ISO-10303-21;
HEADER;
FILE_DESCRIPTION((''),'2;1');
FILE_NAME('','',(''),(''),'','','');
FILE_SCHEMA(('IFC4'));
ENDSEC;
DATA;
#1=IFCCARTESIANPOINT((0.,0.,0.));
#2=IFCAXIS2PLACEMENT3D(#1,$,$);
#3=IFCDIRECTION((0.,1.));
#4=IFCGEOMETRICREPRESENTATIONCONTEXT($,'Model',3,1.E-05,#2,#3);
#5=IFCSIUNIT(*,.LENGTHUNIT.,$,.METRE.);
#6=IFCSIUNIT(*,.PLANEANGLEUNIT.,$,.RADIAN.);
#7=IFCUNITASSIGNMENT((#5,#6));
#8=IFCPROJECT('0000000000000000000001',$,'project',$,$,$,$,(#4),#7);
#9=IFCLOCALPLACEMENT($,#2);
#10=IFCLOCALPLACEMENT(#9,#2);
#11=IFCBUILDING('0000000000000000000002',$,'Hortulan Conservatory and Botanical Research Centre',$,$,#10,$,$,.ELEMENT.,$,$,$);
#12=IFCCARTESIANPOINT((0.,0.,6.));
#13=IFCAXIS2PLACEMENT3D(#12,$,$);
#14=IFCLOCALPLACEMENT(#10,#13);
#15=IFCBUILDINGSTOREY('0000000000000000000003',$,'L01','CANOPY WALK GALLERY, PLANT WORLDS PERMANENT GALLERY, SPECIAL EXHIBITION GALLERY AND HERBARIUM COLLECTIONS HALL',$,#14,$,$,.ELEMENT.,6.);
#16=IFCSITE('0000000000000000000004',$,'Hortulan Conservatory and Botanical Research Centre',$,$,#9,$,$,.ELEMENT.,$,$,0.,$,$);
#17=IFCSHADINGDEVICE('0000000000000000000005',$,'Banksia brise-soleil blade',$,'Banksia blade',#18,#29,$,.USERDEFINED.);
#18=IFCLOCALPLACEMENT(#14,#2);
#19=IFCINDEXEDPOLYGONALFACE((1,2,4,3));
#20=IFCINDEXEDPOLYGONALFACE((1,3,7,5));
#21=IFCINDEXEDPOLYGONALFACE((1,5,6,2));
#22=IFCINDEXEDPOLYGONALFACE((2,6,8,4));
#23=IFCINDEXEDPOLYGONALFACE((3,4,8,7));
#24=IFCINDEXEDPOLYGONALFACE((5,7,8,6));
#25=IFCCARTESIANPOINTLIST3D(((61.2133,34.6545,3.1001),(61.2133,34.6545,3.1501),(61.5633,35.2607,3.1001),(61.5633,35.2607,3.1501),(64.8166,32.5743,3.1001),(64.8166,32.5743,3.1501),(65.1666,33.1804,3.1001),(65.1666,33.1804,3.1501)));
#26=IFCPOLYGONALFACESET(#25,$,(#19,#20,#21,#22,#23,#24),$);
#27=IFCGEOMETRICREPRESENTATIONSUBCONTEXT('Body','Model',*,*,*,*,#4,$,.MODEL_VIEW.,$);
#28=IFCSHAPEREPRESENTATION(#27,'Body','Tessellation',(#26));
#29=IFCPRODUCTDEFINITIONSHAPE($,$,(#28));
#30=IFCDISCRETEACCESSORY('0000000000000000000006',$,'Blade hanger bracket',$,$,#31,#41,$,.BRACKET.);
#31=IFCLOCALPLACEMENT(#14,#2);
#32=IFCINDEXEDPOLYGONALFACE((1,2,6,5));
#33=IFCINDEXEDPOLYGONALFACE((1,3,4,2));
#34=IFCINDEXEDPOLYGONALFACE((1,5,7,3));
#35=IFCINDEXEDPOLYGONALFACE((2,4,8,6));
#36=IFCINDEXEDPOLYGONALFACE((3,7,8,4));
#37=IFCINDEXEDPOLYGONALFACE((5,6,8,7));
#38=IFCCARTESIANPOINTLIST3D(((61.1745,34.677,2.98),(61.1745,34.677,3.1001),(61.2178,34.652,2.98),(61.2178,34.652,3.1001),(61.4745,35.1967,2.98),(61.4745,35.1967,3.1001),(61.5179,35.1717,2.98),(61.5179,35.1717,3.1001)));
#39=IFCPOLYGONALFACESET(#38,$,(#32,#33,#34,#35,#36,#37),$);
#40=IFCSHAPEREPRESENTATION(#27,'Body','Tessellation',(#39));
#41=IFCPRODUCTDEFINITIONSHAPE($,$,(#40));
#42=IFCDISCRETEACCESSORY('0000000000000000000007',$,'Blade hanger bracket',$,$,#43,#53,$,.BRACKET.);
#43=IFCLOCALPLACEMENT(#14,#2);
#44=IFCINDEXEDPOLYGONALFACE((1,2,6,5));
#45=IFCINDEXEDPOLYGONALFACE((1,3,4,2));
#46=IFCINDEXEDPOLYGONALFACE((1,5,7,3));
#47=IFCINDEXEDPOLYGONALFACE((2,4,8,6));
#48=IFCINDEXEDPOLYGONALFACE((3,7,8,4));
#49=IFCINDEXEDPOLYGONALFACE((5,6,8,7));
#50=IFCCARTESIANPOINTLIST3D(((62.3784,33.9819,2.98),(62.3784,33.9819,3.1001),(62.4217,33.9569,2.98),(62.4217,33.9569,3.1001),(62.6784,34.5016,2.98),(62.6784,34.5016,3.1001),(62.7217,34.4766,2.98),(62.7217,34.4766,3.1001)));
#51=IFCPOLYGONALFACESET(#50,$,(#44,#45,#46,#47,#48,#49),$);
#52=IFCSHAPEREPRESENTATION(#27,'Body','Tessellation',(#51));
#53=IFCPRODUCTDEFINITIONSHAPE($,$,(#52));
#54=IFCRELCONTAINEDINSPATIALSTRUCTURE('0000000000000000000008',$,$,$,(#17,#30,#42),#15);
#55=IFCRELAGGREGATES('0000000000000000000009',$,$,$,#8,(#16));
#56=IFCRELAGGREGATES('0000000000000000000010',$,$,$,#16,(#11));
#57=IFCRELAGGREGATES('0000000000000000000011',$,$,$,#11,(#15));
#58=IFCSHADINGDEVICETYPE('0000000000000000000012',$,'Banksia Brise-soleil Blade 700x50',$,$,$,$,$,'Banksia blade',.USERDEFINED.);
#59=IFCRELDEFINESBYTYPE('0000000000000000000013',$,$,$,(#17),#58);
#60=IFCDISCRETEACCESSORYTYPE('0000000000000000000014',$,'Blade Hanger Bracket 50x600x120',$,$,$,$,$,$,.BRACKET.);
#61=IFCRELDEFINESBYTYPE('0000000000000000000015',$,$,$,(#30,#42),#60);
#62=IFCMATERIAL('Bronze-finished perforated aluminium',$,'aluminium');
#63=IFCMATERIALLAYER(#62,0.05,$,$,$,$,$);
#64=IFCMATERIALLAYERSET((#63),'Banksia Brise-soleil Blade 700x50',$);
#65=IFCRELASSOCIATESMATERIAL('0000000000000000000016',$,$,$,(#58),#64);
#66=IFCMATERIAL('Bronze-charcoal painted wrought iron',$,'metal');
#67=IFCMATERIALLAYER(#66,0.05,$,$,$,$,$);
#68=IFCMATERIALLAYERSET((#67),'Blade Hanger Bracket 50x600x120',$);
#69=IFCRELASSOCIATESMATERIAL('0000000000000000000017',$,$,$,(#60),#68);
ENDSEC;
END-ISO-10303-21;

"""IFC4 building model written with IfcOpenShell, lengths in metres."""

from ifc_helpers import new_model, si_unit, direction, frame, origin, origin_2d, place, context, subcontext, project, spatial, rectangle, extrude, material, layer, layer_set, type_object, element, save


model = new_model("IFC4")

# Units and contexts
model_context = context("Model", 3, precision=1e-05, world=origin(), true_north=direction((0.0, 1.0)))
body_context = subcontext(model_context, "Body", "Model", "MODEL_VIEW")
ifc_project = project(units=[si_unit("LENGTHUNIT", "METRE"), si_unit("PLANEANGLEUNIT", "RADIAN")], contexts=[model_context])

# Site, building, storey
site_placement = place(None, origin())
site = spatial("IfcSite", under=ifc_project, at=site_placement, Name="Hortulan Conservatory and Botanical Research Centre", CompositionType="ELEMENT", RefElevation=0.0)
building_placement = place(site_placement, origin())
building = spatial("IfcBuilding", under=site, at=building_placement, Name="Hortulan Conservatory and Botanical Research Centre", CompositionType="ELEMENT")
storey_placement = place(building_placement, frame((0.0, 0.0, 6.0)))
storey = spatial("IfcBuildingStorey", under=building, at=storey_placement, Name="L01", Description="CANOPY WALK GALLERY, PLANT WORLDS PERMANENT GALLERY, SPECIAL EXHIBITION GALLERY AND HERBARIUM COLLECTIONS HALL", CompositionType="ELEMENT", Elevation=6.0)

# Shading device
ifc_material_1 = material(Name="Bronze-finished perforated aluminium", Category="aluminium")
ifc_layer_1 = layer(ifc_material_1, 0.05)
ifc_layer_set_1 = layer_set([ifc_layer_1], Name="Banksia Brise-soleil Blade 700x50")
shading_device_type = type_object("IfcShadingDeviceType", Name="Banksia Brise-soleil Blade 700x50", ElementType="Banksia blade", PredefinedType="USERDEFINED", material=ifc_layer_set_1)
shading_device_placement = place(storey_placement, frame((63.1899, 33.9175, 3.1001), z_axis=(0.0, 0.0, 1.0), x_axis=(0.866036, -0.499982, 0.0)))
element("IfcShadingDevice", 1, at=shading_device_placement, inside=storey, type_object=shading_device_type, Name="Banksia brise-soleil blade", ObjectType="Banksia blade", PredefinedType="USERDEFINED", context=body_context, shape_type="SweptSolid", body=[
    extrude(rectangle(XDim=4.1606, YDim=0.7, at=origin_2d()), origin(), (0.0, 0.0, 1.0), 0.05),
])

# Discrete accessories
ifc_material_2 = material(Name="Bronze-charcoal painted wrought iron", Category="metal")
ifc_layer_2 = layer(ifc_material_2, 0.05)
ifc_layer_set_2 = layer_set([ifc_layer_2], Name="Blade Hanger Bracket 50x600x120")
discrete_accessory_type = type_object("IfcDiscreteAccessoryType", Name="Blade Hanger Bracket 50x600x120", PredefinedType="BRACKET", material=ifc_layer_set_2)
for number, where, z_axis, x_axis, name in (
    (2, (61.3462, 34.9243, 2.98), (0.0, 0.0, 1.0), (0.866036, -0.499982, 0.0), "Blade hanger bracket"),
    (3, (62.55, 34.2292, 2.98), (0.0, 0.0, 1.0), (0.866036, -0.499982, 0.0), "Blade hanger bracket"),
):
    element("IfcDiscreteAccessory", number, at=place(storey_placement, frame(where, z_axis=z_axis, x_axis=x_axis)), inside=storey, type_object=discrete_accessory_type, Name=name, PredefinedType="BRACKET", context=body_context, shape_type="SweptSolid", body=[
        extrude(rectangle(XDim=0.05, YDim=0.6001, at=origin_2d()), origin(), (0.0, 0.0, 1.0), 0.1201),
    ])

save(model, "model.ifc")
